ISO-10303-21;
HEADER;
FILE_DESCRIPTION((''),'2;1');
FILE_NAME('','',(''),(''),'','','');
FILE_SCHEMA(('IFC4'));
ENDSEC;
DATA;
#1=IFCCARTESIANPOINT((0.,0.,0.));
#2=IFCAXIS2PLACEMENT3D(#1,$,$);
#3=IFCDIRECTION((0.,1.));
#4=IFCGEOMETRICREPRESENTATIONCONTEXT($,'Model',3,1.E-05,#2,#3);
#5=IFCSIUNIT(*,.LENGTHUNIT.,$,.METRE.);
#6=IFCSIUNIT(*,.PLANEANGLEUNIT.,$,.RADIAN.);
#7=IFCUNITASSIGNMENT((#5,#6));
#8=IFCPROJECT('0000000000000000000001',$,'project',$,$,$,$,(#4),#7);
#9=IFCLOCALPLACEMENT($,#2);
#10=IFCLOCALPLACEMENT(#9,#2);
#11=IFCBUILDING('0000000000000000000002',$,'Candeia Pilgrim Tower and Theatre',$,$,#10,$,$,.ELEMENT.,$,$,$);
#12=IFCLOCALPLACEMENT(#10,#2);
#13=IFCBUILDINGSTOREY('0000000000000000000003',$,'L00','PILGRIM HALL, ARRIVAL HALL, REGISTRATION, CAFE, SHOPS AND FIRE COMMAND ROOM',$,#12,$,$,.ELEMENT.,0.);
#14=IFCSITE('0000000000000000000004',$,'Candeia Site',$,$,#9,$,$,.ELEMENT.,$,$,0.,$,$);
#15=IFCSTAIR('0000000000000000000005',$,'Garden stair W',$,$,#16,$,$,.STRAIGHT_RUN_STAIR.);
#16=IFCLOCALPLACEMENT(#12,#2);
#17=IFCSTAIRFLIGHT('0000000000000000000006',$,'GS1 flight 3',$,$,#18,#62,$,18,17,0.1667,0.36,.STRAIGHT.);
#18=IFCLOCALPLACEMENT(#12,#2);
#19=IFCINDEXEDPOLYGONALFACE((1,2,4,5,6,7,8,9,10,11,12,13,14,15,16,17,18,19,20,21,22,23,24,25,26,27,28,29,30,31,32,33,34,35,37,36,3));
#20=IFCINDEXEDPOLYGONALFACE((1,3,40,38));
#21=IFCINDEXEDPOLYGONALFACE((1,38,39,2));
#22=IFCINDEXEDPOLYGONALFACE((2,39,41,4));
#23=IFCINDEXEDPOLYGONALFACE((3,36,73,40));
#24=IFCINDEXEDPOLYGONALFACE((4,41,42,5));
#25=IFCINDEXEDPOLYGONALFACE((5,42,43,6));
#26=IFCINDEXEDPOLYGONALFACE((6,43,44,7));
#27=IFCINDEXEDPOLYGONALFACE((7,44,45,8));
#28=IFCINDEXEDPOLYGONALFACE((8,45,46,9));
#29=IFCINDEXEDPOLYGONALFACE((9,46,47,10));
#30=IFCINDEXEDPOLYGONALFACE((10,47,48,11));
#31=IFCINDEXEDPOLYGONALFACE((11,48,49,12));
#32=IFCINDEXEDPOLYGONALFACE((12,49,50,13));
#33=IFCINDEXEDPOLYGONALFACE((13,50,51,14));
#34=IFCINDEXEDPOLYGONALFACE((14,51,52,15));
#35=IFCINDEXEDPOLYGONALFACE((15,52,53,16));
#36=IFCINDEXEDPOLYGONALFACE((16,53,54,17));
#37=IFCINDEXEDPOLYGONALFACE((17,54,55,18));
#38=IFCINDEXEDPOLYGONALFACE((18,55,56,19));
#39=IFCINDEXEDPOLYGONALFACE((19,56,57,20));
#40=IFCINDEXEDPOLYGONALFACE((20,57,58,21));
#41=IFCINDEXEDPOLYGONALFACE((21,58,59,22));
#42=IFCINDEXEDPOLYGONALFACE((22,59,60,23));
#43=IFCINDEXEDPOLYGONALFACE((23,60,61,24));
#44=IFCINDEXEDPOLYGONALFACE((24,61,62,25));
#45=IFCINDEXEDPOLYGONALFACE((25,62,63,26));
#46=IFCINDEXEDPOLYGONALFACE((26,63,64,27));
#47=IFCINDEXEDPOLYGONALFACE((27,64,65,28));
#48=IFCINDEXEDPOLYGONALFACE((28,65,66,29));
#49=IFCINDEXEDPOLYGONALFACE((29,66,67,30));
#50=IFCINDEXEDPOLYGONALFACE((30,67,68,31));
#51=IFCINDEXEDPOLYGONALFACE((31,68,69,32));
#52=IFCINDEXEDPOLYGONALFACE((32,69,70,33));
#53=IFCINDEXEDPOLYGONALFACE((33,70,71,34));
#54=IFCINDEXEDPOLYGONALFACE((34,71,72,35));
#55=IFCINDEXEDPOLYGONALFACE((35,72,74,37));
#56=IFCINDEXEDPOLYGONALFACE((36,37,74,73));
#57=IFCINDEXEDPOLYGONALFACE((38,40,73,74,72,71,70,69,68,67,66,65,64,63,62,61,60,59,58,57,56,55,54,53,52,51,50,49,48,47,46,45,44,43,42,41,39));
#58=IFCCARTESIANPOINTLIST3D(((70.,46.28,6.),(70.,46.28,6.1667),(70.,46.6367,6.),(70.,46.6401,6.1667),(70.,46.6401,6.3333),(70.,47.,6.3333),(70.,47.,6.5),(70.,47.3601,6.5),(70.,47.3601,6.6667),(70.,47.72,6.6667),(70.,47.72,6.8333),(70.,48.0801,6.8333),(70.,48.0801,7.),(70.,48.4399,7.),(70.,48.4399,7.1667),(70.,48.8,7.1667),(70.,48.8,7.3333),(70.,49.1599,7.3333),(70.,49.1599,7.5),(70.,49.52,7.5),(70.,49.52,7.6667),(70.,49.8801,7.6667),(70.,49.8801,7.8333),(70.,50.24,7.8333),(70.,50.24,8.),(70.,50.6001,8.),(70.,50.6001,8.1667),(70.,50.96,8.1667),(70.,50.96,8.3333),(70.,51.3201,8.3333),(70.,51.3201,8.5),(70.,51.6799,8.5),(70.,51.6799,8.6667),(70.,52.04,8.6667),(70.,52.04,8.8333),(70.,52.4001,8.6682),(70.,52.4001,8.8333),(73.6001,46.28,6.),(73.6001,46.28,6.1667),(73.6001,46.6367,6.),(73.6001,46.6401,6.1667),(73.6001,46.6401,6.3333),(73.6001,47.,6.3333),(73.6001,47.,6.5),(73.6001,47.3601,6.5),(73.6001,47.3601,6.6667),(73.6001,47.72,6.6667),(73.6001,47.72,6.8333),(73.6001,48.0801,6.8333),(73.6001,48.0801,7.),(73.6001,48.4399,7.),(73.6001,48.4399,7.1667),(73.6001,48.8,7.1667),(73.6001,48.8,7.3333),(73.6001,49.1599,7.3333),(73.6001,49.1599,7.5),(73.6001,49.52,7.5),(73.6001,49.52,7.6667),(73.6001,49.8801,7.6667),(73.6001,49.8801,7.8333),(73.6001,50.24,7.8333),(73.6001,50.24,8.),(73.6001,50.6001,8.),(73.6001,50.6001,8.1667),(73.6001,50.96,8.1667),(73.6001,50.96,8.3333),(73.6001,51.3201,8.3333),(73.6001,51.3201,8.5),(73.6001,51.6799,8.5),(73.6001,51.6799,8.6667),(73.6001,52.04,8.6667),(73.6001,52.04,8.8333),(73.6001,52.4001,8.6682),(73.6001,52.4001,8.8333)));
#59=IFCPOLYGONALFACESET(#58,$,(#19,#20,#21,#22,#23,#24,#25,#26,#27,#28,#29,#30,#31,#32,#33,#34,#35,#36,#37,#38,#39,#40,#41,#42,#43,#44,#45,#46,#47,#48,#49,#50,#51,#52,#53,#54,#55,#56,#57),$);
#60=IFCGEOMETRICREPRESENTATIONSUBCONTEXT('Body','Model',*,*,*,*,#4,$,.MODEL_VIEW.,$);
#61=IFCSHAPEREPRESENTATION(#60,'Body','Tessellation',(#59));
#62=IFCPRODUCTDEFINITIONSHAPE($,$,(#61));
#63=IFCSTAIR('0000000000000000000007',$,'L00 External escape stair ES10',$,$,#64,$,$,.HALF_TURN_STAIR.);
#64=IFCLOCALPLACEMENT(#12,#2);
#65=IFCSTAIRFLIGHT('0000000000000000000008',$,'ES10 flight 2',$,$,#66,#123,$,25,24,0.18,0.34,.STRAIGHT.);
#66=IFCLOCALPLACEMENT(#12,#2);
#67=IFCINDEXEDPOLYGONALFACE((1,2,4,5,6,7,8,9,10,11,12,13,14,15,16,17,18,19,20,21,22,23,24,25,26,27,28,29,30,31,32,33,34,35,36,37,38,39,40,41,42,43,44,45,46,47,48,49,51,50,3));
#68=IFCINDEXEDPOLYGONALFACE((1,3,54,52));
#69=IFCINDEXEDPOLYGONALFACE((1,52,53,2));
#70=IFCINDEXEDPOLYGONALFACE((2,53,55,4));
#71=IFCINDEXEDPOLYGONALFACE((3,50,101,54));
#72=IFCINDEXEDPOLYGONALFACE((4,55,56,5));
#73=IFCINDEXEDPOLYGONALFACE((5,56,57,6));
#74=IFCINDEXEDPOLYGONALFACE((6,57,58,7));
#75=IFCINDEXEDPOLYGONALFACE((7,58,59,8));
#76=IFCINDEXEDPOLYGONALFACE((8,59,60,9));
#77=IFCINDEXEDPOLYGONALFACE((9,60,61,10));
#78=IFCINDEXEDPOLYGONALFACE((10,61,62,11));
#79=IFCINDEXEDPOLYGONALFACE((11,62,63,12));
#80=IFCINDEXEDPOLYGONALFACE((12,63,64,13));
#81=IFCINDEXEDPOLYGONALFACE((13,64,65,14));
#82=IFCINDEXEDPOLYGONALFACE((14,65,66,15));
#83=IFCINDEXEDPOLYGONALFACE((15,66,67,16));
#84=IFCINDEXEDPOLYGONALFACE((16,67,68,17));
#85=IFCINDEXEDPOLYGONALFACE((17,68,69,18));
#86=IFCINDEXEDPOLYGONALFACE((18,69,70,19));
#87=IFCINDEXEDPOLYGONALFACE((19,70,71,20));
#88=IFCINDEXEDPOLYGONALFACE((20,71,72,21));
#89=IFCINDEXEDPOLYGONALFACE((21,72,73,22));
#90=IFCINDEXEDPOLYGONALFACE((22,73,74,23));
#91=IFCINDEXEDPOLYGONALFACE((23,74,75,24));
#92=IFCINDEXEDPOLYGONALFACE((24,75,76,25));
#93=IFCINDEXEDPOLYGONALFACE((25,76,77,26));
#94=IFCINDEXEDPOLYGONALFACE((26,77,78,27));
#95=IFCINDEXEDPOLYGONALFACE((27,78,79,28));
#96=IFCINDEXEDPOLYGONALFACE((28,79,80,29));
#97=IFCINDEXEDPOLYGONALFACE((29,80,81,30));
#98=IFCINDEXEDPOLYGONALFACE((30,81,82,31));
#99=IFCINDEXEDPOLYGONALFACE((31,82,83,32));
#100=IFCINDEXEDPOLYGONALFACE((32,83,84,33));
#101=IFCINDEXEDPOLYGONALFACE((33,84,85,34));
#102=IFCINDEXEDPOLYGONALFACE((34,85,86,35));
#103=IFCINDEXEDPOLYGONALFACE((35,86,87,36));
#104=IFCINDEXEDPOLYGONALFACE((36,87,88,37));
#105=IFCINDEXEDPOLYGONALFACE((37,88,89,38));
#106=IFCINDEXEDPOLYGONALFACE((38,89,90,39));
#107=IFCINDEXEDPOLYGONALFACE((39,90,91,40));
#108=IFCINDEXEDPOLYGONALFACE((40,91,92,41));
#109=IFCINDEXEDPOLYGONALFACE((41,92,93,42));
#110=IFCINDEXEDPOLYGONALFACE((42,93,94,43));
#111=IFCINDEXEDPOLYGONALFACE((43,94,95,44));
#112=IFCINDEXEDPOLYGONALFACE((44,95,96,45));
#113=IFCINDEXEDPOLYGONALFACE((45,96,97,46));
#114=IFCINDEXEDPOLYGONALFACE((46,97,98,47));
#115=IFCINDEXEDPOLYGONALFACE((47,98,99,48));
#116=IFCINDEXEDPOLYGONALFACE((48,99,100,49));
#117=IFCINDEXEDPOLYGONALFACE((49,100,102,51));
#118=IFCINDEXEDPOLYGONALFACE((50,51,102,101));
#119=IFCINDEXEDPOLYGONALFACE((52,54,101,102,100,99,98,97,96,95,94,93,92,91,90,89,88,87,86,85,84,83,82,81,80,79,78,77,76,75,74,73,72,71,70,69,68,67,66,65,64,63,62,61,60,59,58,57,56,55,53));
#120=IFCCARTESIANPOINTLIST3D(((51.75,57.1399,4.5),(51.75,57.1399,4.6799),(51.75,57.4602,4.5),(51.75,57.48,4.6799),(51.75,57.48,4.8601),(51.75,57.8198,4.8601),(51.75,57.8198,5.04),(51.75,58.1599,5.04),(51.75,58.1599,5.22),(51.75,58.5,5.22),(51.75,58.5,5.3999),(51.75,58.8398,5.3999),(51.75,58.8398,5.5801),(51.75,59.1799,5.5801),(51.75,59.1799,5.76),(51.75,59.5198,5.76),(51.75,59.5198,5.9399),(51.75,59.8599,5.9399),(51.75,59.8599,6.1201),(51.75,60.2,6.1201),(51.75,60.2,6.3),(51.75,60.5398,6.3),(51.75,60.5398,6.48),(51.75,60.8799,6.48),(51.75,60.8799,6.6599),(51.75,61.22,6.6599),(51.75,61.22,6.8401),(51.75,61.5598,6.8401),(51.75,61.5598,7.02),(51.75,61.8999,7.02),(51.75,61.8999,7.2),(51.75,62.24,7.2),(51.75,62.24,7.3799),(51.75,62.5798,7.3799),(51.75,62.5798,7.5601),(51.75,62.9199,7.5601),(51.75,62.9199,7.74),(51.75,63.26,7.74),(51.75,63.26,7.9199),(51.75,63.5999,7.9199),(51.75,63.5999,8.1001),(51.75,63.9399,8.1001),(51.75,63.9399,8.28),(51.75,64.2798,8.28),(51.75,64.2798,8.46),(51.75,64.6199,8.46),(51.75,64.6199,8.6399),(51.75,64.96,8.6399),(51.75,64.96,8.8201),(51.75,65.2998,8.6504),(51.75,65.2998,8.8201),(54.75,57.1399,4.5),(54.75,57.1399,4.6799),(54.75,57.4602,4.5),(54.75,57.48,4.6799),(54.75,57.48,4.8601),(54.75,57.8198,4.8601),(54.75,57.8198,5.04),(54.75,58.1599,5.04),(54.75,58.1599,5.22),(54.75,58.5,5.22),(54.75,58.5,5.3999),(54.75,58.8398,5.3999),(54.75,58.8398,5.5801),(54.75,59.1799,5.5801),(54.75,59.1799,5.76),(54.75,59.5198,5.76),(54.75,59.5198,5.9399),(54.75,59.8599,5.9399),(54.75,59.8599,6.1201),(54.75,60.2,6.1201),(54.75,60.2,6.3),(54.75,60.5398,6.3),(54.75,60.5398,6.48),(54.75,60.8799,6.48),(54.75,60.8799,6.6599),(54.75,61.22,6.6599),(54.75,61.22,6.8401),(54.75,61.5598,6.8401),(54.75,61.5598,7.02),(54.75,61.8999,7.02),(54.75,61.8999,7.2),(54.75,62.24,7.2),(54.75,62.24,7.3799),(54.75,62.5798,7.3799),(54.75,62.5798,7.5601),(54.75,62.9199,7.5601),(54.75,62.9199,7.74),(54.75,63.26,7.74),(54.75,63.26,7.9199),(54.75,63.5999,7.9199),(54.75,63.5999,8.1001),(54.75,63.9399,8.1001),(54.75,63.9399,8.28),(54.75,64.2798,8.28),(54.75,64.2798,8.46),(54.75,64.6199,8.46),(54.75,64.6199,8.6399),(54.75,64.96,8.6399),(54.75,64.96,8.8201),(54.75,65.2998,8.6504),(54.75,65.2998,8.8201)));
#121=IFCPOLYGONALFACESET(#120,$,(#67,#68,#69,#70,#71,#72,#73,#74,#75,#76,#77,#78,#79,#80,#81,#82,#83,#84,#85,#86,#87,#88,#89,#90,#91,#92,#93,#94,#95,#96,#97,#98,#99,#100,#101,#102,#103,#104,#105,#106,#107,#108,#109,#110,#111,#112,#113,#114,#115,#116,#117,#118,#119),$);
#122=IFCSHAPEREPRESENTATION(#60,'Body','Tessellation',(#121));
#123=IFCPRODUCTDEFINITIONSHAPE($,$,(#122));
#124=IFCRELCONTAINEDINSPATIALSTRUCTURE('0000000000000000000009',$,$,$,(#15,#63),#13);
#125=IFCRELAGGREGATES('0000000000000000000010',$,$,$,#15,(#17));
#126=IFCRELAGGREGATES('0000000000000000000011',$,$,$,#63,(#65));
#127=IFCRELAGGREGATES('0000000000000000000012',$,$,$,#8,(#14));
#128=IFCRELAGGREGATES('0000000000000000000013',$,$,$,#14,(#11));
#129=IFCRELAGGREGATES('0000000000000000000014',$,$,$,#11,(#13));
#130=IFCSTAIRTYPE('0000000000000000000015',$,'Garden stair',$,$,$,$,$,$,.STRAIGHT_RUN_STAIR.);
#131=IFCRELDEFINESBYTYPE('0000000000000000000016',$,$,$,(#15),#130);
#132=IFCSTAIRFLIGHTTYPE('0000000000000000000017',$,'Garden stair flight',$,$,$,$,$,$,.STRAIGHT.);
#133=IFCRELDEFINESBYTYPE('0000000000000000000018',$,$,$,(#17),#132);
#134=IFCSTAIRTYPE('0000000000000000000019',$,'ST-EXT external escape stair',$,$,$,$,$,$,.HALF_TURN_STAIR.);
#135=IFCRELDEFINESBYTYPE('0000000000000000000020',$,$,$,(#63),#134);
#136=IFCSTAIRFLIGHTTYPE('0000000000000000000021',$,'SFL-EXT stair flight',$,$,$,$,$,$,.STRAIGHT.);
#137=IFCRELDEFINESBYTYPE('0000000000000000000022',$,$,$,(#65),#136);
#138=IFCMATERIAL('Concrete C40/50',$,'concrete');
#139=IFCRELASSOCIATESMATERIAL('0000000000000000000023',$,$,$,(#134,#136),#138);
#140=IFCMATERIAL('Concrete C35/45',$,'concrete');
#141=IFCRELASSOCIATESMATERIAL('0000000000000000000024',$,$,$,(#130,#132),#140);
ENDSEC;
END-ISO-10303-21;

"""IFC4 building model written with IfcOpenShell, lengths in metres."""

from ifc_helpers import new_model, si_unit, direction, frame, origin, place, context, subcontext, project, spatial, polyline, outline, extrude, material, type_object, element, aggregate, save


model = new_model("IFC4")

# Units and contexts
model_context = context("Model", 3, precision=1e-05, world=origin(), true_north=direction((0.0, 1.0)))
body_context = subcontext(model_context, "Body", "Model", "MODEL_VIEW")
ifc_project = project(units=[si_unit("LENGTHUNIT", "METRE"), si_unit("PLANEANGLEUNIT", "RADIAN")], contexts=[model_context])

# Site, building, storey
site_placement = place(None, origin())
site = spatial("IfcSite", under=ifc_project, at=site_placement, Name="Candeia Site", CompositionType="ELEMENT", RefElevation=0.0)
building_placement = place(site_placement, origin())
building = spatial("IfcBuilding", under=site, at=building_placement, Name="Candeia Pilgrim Tower and Theatre", CompositionType="ELEMENT")
storey_placement = place(building_placement, origin())
storey = spatial("IfcBuildingStorey", under=building, at=storey_placement, Name="L00", Description="PILGRIM HALL, ARRIVAL HALL, REGISTRATION, CAFE, SHOPS AND FIRE COMMAND ROOM", CompositionType="ELEMENT", Elevation=0.0)

# Shared definitions
ifc_material_1 = material(Name="Concrete C40/50", Category="concrete")

# Shared definitions
stair_type_1 = type_object("IfcStairType", Name="ST-EXT external escape stair", PredefinedType="HALF_TURN_STAIR", material=ifc_material_1)

# Shared definitions
ifc_material_2 = material(Name="Concrete C35/45", Category="concrete")

# Stair, stair flight
stair_type_2 = type_object("IfcStairType", Name="Garden stair", PredefinedType="STRAIGHT_RUN_STAIR", material=ifc_material_2)
stair_1_placement = place(storey_placement, origin())
stair_1 = element("IfcStair", 1, at=stair_1_placement, inside=storey, type_object=stair_type_2, Name="Garden stair W", PredefinedType="STRAIGHT_RUN_STAIR")
stair_flight_type_1 = type_object("IfcStairFlightType", Name="Garden stair flight", PredefinedType="STRAIGHT", material=ifc_material_2)
stair_flight_1_placement = place(storey_placement, frame((71.8, 46.28, 6.0), z_axis=(0.0, 0.0, 1.0), x_axis=(0.0, 1.0, 0.0)))
stair_flight_1 = element("IfcStairFlight", 2, at=stair_flight_1_placement, type_object=stair_flight_type_1, Name="GS1 flight 3", NumberOfRisers=18, NumberOfTreads=17, PredefinedType="STRAIGHT", RiserHeight=0.1667, TreadLength=0.36, context=body_context, shape_type="SweptSolid", body=[
    extrude(outline(polyline([(0.0, 0.0), (0.0, 0.1667), (0.3601, 0.1667), (0.3601, 0.3333), (0.72, 0.3333), (0.72, 0.5), (1.0801, 0.5), (1.0801, 0.6667), (1.4399, 0.6667), (1.4399, 0.8333), (1.8, 0.8333), (1.8, 1.0), (2.1599, 1.0), (2.1599, 1.1667), (2.52, 1.1667), (2.52, 1.3333), (2.8799, 1.3333), (2.8799, 1.5), (3.24, 1.5), (3.24, 1.6667), (3.6001, 1.6667), (3.6001, 1.8333), (3.96, 1.8333), (3.96, 2.0), (4.3201, 2.0), (4.3201, 2.1667), (4.6799, 2.1667), (4.6799, 2.3333), (5.04, 2.3333), (5.04, 2.5), (5.3999, 2.5), (5.3999, 2.6667), (5.76, 2.6667), (5.76, 2.8333), (6.1201, 2.8333), (6.1201, 3.0), (6.1201, 2.6682), (0.3567, 0.0), (0.0, 0.0)])), frame((0.0, 1.8, 0.0), z_axis=(0.0, -1.0, 0.0), x_axis=(1.0, 0.0, 0.0)), (0.0, 0.0, 1.0), 3.6001),
])
aggregate(stair_1, [stair_flight_1])

# Stair, stair flight
stair_2_placement = place(storey_placement, origin())
stair_2 = element("IfcStair", 3, at=stair_2_placement, inside=storey, type_object=stair_type_1, Name="L00 External escape stair ES10", PredefinedType="HALF_TURN_STAIR")
stair_flight_type_2 = type_object("IfcStairFlightType", Name="SFL-EXT stair flight", PredefinedType="STRAIGHT", material=ifc_material_1)
stair_flight_2_placement = place(storey_placement, frame((53.25, 57.1399, 4.5), z_axis=(0.0, 0.0, 1.0), x_axis=(0.0, 1.0, 0.0)))
stair_flight_2 = element("IfcStairFlight", 4, at=stair_flight_2_placement, type_object=stair_flight_type_2, Name="ES10 flight 2", NumberOfRisers=25, NumberOfTreads=24, PredefinedType="STRAIGHT", RiserHeight=0.18, TreadLength=0.34, context=body_context, shape_type="SweptSolid", body=[
    extrude(outline(polyline([(0.0, 0.0), (0.0, 0.1799), (0.3401, 0.1799), (0.3401, 0.3601), (0.6799, 0.3601), (0.6799, 0.54), (1.02, 0.54), (1.02, 0.72), (1.3601, 0.72), (1.3601, 0.8999), (1.7, 0.8999), (1.7, 1.0801), (2.04, 1.0801), (2.04, 1.26), (2.3799, 1.26), (2.3799, 1.4399), (2.72, 1.4399), (2.72, 1.6201), (3.0601, 1.6201), (3.0601, 1.8), (3.3999, 1.8), (3.3999, 1.98), (3.74, 1.98), (3.74, 2.1599), (4.0801, 2.1599), (4.0801, 2.3401), (4.4199, 2.3401), (4.4199, 2.52), (4.76, 2.52), (4.76, 2.7), (5.1001, 2.7), (5.1001, 2.8799), (5.4399, 2.8799), (5.4399, 3.0601), (5.78, 3.0601), (5.78, 3.24), (6.1201, 3.24), (6.1201, 3.4199), (6.46, 3.4199), (6.46, 3.6001), (6.8, 3.6001), (6.8, 3.78), (7.1399, 3.78), (7.1399, 3.96), (7.48, 3.96), (7.48, 4.1399), (7.8201, 4.1399), (7.8201, 4.3201), (8.1599, 4.3201), (8.1599, 4.5), (8.1599, 4.1504), (0.3203, 0.0), (0.0, 0.0)])), frame((0.0, 1.5, 0.0), z_axis=(0.0, -1.0, 0.0), x_axis=(1.0, 0.0, 0.0)), (0.0, 0.0, 1.0), 3.0),
])
aggregate(stair_2, [stair_flight_2])

save(model, "model.ifc")
